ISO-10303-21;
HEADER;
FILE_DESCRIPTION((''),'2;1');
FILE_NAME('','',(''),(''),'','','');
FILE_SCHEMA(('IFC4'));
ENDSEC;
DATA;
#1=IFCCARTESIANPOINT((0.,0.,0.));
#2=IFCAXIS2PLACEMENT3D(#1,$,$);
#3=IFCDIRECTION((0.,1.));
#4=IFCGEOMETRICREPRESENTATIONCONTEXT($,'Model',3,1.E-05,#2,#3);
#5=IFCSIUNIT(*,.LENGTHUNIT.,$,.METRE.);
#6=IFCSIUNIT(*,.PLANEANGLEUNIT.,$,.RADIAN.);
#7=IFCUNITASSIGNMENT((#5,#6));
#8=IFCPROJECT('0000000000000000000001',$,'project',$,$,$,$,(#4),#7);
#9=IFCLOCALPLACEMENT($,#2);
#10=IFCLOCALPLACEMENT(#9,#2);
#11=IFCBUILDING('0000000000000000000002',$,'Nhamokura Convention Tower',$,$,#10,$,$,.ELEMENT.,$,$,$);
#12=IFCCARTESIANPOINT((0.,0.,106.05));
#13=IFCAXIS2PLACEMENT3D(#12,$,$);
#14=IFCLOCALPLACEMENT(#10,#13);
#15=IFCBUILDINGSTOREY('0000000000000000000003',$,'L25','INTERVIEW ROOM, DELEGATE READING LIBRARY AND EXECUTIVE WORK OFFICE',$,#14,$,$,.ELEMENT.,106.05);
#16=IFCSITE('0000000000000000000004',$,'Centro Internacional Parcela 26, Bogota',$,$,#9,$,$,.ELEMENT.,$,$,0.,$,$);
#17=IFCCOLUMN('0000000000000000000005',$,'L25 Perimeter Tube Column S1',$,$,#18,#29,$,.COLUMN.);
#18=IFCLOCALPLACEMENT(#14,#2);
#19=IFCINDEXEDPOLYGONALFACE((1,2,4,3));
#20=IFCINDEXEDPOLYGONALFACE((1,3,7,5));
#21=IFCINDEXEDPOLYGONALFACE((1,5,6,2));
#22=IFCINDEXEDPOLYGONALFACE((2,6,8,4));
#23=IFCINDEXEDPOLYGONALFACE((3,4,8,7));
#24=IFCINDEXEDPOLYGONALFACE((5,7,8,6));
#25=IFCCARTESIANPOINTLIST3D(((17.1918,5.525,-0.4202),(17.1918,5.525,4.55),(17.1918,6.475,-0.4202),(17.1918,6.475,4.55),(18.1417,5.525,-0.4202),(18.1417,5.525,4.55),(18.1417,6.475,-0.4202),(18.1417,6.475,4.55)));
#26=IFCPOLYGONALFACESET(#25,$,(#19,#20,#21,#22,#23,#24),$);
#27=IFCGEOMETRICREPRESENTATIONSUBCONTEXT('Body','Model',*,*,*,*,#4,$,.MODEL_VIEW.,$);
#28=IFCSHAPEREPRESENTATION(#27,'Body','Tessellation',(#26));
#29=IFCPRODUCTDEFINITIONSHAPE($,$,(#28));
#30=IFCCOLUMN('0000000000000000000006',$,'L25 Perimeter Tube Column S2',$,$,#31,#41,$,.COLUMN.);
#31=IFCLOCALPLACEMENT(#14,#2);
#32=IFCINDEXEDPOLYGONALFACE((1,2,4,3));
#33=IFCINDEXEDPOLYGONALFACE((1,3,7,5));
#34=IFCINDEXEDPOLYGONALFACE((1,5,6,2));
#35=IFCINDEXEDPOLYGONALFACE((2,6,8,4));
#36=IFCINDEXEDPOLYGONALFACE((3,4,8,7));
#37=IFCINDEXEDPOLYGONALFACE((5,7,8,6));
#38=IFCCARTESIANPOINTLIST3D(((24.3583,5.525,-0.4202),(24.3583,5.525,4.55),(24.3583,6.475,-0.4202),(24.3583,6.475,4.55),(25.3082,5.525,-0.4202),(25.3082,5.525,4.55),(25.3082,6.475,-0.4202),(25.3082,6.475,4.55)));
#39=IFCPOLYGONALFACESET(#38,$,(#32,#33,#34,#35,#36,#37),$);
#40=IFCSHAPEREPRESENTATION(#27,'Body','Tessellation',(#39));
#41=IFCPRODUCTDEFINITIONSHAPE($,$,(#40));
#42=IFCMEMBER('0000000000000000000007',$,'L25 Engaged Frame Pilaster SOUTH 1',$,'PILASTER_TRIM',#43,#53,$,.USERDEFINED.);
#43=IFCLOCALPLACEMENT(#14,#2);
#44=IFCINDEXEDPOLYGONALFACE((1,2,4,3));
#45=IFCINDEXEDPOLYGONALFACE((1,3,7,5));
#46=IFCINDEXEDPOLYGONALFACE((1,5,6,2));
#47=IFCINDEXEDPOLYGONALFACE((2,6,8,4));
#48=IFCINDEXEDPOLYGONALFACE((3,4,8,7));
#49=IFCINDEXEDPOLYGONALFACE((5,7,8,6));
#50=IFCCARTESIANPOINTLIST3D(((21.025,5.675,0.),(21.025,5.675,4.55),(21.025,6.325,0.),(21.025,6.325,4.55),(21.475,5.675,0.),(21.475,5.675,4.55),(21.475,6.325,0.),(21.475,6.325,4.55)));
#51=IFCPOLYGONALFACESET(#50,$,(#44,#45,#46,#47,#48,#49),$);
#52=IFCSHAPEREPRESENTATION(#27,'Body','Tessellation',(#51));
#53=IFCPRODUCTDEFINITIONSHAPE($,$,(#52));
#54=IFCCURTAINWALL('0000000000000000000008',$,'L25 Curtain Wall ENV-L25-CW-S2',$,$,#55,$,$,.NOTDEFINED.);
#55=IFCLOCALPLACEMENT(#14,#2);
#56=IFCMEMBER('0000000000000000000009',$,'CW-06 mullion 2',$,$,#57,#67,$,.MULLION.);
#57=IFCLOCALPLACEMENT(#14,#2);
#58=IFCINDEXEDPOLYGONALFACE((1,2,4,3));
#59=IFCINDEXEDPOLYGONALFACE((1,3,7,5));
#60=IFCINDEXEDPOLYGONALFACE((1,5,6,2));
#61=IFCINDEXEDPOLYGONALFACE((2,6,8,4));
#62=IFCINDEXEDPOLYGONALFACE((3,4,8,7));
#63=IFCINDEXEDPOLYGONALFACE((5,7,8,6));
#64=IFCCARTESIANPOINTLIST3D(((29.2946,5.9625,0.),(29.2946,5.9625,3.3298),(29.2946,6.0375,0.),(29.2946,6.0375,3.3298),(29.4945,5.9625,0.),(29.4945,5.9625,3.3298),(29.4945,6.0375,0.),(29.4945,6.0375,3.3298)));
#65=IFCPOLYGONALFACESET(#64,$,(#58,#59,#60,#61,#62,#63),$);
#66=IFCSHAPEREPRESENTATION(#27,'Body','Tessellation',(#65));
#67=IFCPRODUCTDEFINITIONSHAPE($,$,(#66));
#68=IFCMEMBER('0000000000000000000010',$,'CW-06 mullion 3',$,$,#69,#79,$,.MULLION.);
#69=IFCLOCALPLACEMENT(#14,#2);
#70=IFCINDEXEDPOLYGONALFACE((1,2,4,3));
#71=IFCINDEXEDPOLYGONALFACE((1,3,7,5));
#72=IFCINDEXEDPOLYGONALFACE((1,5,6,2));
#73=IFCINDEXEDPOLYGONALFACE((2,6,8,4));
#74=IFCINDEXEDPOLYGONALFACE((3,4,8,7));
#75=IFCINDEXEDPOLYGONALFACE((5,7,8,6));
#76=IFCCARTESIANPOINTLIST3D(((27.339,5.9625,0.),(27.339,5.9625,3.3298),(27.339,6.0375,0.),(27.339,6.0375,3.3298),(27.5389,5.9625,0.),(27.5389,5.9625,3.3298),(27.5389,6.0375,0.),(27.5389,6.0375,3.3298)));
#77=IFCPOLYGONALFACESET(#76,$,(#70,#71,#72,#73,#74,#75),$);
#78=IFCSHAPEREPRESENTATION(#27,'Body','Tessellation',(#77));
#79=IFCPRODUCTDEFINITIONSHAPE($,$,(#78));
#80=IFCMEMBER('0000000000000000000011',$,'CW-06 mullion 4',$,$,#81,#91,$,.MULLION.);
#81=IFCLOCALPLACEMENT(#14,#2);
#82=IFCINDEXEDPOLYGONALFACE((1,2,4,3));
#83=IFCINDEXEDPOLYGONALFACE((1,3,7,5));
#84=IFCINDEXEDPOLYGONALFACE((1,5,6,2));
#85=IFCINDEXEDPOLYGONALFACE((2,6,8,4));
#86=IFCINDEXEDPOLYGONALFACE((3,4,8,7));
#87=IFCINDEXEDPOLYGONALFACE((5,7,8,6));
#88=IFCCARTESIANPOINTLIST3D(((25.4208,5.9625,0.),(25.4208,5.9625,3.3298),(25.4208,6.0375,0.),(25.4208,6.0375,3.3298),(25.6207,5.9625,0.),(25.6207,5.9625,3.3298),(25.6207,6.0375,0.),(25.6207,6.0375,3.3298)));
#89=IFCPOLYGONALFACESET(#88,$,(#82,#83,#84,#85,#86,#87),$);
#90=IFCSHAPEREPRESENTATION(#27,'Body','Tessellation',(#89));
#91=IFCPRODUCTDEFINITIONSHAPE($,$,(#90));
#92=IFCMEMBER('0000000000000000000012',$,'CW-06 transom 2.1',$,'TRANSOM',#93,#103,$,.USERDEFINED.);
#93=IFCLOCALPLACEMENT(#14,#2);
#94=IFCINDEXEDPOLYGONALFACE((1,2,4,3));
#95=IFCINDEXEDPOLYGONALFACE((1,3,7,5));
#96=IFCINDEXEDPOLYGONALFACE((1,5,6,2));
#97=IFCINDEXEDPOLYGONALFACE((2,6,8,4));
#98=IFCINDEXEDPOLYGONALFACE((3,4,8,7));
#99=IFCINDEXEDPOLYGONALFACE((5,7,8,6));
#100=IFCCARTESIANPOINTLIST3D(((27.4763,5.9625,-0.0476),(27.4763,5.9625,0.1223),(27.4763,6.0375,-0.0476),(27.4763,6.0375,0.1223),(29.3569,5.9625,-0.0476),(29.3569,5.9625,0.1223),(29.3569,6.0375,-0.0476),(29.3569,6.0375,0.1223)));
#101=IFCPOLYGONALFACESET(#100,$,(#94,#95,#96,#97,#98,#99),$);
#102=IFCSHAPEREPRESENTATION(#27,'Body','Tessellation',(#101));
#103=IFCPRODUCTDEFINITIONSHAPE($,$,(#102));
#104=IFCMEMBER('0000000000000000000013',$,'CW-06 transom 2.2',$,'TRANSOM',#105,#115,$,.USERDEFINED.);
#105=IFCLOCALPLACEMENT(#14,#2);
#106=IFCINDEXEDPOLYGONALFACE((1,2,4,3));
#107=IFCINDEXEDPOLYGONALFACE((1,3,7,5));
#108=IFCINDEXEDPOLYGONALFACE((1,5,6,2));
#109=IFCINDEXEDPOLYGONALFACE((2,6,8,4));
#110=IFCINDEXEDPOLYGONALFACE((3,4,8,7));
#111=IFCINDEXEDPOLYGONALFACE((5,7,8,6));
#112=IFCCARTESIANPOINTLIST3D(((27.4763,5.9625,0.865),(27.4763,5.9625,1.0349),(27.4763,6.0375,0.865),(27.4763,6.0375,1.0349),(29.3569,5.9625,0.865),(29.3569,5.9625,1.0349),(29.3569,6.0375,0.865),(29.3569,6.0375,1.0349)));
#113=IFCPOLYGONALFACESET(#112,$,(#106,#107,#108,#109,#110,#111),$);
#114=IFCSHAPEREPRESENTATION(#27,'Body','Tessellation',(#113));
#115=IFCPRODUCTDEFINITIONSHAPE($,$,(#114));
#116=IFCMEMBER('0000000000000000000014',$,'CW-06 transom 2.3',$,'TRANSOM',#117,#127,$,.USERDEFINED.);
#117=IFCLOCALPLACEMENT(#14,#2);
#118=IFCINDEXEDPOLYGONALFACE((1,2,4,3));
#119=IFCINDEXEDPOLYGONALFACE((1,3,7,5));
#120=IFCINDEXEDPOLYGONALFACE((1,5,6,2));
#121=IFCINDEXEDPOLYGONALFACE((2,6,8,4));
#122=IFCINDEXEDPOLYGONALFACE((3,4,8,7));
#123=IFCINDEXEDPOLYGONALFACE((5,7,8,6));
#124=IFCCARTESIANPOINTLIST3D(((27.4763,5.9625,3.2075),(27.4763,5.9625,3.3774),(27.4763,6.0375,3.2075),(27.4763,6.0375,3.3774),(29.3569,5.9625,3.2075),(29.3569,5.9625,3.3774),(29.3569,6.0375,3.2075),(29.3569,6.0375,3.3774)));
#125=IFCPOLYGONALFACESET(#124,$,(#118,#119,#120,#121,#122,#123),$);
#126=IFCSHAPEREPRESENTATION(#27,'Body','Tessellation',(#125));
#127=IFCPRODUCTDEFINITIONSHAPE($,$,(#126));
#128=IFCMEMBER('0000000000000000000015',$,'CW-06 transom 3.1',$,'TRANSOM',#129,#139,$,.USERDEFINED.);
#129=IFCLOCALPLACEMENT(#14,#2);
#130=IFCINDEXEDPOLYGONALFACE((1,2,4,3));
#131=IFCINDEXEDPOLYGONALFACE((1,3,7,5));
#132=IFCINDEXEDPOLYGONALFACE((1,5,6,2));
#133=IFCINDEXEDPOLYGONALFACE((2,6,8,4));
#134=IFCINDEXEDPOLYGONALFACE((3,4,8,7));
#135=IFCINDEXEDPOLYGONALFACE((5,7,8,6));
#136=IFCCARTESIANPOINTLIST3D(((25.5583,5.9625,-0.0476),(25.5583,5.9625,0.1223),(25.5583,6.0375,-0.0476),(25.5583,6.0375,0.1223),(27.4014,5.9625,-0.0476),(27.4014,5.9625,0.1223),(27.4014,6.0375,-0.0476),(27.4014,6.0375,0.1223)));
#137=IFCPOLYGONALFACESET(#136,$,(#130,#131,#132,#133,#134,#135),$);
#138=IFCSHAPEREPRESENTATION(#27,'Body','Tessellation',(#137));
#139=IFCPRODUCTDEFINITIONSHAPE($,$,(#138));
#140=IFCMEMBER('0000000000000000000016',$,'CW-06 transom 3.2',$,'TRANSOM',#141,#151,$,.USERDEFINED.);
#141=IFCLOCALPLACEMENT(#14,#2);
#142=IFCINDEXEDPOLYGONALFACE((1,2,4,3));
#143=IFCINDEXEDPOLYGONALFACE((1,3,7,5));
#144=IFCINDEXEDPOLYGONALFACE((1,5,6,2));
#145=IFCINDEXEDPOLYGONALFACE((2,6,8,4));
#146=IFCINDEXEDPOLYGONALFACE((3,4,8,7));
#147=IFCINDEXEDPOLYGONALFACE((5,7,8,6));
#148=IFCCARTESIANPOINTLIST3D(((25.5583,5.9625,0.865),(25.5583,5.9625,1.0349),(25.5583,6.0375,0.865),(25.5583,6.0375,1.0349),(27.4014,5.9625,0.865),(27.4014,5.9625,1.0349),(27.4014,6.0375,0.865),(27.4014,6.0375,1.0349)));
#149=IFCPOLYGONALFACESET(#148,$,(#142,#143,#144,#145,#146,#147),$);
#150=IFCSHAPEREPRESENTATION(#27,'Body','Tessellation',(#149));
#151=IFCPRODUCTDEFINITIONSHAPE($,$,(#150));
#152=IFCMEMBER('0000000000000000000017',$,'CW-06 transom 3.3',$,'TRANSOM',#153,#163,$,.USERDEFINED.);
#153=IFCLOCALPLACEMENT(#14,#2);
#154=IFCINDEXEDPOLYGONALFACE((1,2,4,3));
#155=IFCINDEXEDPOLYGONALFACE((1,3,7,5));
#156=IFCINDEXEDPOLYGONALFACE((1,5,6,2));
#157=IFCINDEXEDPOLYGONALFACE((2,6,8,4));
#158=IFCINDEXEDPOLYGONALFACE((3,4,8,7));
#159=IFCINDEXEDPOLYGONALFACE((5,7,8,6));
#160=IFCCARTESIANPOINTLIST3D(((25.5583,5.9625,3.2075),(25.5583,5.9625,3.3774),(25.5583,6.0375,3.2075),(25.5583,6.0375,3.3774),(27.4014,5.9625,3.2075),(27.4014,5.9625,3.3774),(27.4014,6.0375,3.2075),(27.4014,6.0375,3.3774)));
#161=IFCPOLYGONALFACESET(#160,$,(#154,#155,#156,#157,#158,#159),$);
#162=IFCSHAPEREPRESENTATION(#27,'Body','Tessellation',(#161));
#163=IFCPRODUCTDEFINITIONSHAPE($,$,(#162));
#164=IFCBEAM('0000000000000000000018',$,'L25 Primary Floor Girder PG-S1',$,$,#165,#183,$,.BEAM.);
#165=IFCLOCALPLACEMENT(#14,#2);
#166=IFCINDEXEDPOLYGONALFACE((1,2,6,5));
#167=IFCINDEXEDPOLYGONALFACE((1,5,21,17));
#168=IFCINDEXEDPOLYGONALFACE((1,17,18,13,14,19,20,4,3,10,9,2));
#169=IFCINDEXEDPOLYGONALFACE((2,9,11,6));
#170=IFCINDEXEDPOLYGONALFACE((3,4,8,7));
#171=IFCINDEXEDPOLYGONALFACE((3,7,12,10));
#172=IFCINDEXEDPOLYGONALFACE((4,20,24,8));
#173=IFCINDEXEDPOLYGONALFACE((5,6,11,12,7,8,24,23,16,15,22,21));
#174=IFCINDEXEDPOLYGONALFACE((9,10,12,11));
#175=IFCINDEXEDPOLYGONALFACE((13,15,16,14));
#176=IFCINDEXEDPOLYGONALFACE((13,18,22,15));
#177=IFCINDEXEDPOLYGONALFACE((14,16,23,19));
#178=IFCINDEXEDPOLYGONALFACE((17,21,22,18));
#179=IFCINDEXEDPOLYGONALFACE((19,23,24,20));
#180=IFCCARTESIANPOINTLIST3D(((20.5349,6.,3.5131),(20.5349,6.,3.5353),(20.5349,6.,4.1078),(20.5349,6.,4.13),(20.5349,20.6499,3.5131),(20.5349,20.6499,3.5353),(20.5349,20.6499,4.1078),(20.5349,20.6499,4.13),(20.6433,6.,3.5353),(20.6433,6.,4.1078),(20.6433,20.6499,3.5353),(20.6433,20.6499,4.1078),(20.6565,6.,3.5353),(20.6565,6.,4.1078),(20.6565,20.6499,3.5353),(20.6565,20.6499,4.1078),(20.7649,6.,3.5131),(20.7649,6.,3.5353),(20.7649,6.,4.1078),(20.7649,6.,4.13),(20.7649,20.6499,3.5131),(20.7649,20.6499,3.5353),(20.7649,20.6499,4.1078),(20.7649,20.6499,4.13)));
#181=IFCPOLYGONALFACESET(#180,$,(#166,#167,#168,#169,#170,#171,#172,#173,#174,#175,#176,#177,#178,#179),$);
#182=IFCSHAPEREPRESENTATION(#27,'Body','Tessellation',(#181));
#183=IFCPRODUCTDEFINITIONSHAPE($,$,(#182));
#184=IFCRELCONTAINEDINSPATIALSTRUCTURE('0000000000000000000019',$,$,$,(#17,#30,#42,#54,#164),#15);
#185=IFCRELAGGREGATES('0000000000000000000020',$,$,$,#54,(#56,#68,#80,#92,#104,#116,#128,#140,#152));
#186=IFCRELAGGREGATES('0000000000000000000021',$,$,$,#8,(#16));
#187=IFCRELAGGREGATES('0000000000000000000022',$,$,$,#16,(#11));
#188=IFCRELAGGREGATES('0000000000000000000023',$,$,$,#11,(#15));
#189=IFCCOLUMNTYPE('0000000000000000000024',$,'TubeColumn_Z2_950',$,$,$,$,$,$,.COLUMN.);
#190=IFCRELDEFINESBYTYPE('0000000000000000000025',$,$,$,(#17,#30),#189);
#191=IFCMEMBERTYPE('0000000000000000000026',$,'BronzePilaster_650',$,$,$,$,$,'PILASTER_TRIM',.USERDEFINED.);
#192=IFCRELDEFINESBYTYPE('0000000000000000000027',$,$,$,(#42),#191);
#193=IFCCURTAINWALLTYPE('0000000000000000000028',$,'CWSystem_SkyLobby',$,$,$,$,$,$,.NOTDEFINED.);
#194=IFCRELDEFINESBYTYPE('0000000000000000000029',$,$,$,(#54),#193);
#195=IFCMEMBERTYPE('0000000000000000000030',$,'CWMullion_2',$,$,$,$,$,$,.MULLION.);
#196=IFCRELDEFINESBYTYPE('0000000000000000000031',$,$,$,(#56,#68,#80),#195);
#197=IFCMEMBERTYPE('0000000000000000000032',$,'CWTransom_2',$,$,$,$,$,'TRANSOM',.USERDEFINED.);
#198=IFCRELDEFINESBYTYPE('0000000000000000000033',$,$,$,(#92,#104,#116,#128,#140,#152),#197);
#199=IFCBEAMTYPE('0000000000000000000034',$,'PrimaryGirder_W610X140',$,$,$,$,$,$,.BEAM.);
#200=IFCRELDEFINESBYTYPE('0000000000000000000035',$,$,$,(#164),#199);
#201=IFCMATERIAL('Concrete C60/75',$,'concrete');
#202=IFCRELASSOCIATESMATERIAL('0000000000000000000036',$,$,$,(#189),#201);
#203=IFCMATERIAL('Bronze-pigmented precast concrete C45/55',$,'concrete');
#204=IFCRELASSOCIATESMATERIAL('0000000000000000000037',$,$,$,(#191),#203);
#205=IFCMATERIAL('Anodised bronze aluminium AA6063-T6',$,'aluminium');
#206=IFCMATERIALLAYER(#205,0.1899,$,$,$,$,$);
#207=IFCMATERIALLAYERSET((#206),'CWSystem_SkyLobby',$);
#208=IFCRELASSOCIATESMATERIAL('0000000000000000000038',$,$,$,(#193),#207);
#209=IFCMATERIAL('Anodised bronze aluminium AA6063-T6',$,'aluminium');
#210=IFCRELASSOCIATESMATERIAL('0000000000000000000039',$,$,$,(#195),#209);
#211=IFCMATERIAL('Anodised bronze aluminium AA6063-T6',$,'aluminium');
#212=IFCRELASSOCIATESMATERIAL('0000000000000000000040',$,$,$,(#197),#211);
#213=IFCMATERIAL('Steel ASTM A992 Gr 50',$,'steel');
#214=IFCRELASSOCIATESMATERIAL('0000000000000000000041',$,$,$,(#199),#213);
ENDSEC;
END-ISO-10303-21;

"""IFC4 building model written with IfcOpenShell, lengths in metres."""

from ifc_helpers import new_model, si_unit, direction, frame, origin, origin_2d, place, context, subcontext, project, spatial, rectangle, i_section, extrude, material, layer, layer_set, material_profile, profile_set, type_object, element, aggregate, save


model = new_model("IFC4")

# Units and contexts
model_context = context("Model", 3, precision=1e-05, world=origin(), true_north=direction((0.0, 1.0)))
body_context = subcontext(model_context, "Body", "Model", "MODEL_VIEW")
ifc_project = project(units=[si_unit("LENGTHUNIT", "METRE"), si_unit("PLANEANGLEUNIT", "RADIAN")], contexts=[model_context])

# Site, building, storey
site_placement = place(None, origin())
site = spatial("IfcSite", under=ifc_project, at=site_placement, Name="Centro Internacional Parcela 26, Bogota", CompositionType="ELEMENT", RefElevation=0.0)
building_placement = place(site_placement, origin())
building = spatial("IfcBuilding", under=site, at=building_placement, Name="Nhamokura Convention Tower", CompositionType="ELEMENT")
storey_placement = place(building_placement, frame((0.0, 0.0, 106.05)))
storey = spatial("IfcBuildingStorey", under=building, at=storey_placement, Name="L25", Description="INTERVIEW ROOM, DELEGATE READING LIBRARY AND EXECUTIVE WORK OFFICE", CompositionType="ELEMENT", Elevation=106.05)

# Columns
ifc_material_1 = material(Name="Concrete C60/75", Category="concrete")
ifc_material_profile_1 = material_profile(ifc_material_1, rectangle(XDim=0.95, YDim=0.95, at=origin_2d()))
ifc_profile_set_1 = profile_set([ifc_material_profile_1], Name="Concrete C60/75")
column_type = type_object("IfcColumnType", Name="TubeColumn_Z2_950", PredefinedType="COLUMN", material=ifc_profile_set_1)
for number, where, z_axis, x_axis, name in (
    (1, (17.6667, 6.0, -0.4202), (0.0, 0.0, 1.0), (1.0, 0.0, 0.0), "L25 Perimeter Tube Column S1"),
    (2, (24.8333, 6.0, -0.4202), (0.0, 0.0, 1.0), (1.0, 0.0, 0.0), "L25 Perimeter Tube Column S2"),
):
    element("IfcColumn", number, at=place(storey_placement, frame(where, z_axis=z_axis, x_axis=x_axis)), inside=storey, type_object=column_type, Name=name, PredefinedType="COLUMN", context=body_context, shape_type="SweptSolid", body=[
        extrude(rectangle(XDim=0.95, YDim=0.95, at=origin_2d()), origin(), (0.0, 0.0, 1.0), 4.9702),
    ])

# Member
ifc_material_2 = material(Name="Bronze-pigmented precast concrete C45/55", Category="concrete")
ifc_material_profile_2 = material_profile(ifc_material_2, rectangle(XDim=0.45, YDim=0.6499, at=origin_2d()))
ifc_profile_set_2 = profile_set([ifc_material_profile_2], Name="Bronze-pigmented precast concrete C45/55")
member_type_1 = type_object("IfcMemberType", Name="BronzePilaster_650", ElementType="PILASTER_TRIM", PredefinedType="USERDEFINED", material=ifc_profile_set_2)
member_1_placement = place(storey_placement, frame((21.25, 6.0, 0.0), z_axis=(0.0, 0.0, 1.0), x_axis=(1.0, 0.0, 0.0)))
element("IfcMember", 3, at=member_1_placement, inside=storey, type_object=member_type_1, Name="L25 Engaged Frame Pilaster SOUTH 1", ObjectType="PILASTER_TRIM", PredefinedType="USERDEFINED", context=body_context, shape_type="SweptSolid", body=[
    extrude(rectangle(XDim=0.45, YDim=0.6499, at=origin_2d()), origin(), (0.0, 0.0, 1.0), 4.55),
])

# Curtain wall, members
ifc_material_3 = material(Name="Anodised bronze aluminium AA6063-T6", Category="aluminium")
ifc_layer_1 = layer(ifc_material_3, 0.1899)
ifc_layer_set_1 = layer_set([ifc_layer_1], Name="CWSystem_SkyLobby")
curtain_wall_type = type_object("IfcCurtainWallType", Name="CWSystem_SkyLobby", PredefinedType="NOTDEFINED", material=ifc_layer_set_1)
curtain_wall_placement = place(storey_placement, origin())
curtain_wall = element("IfcCurtainWall", 4, at=curtain_wall_placement, inside=storey, type_object=curtain_wall_type, Name="L25 Curtain Wall ENV-L25-CW-S2", PredefinedType="NOTDEFINED")
ifc_material_4 = material(Name="Anodised bronze aluminium AA6063-T6", Category="aluminium")
ifc_material_profile_3 = material_profile(ifc_material_4, rectangle(XDim=0.075, YDim=0.2, at=origin_2d()))
ifc_profile_set_3 = profile_set([ifc_material_profile_3], Name="Anodised bronze aluminium AA6063-T6")
member_type_2 = type_object("IfcMemberType", Name="CWMullion_2", PredefinedType="MULLION", material=ifc_profile_set_3)
member_2_placement = place(storey_placement, frame((29.3945, 6.0, 0.0), z_axis=(0.0, 0.0, 1.0), x_axis=(0.0, -1.0, 0.0)))
member_2 = element("IfcMember", 5, at=member_2_placement, type_object=member_type_2, Name="CW-06 mullion 2", PredefinedType="MULLION", context=body_context, shape_type="SweptSolid", body=[
    extrude(rectangle(XDim=0.075, YDim=0.2, at=origin_2d()), origin(), (0.0, 0.0, 1.0), 3.3298),
])
member_3_placement = place(storey_placement, frame((27.439, 6.0, 0.0), z_axis=(0.0, 0.0, 1.0), x_axis=(0.0, -1.0, 0.0)))
member_3 = element("IfcMember", 6, at=member_3_placement, type_object=member_type_2, Name="CW-06 mullion 3", PredefinedType="MULLION", context=body_context, shape_type="SweptSolid", body=[
    extrude(rectangle(XDim=0.075, YDim=0.2, at=origin_2d()), origin(), (0.0, 0.0, 1.0), 3.3298),
])
member_4_placement = place(storey_placement, frame((25.5208, 6.0, 0.0), z_axis=(0.0, 0.0, 1.0), x_axis=(0.0, -1.0, 0.0)))
member_4 = element("IfcMember", 7, at=member_4_placement, type_object=member_type_2, Name="CW-06 mullion 4", PredefinedType="MULLION", context=body_context, shape_type="SweptSolid", body=[
    extrude(rectangle(XDim=0.075, YDim=0.2, at=origin_2d()), origin(), (0.0, 0.0, 1.0), 3.3298),
])
ifc_material_5 = material(Name="Anodised bronze aluminium AA6063-T6", Category="aluminium")
ifc_material_profile_4 = material_profile(ifc_material_5, rectangle(XDim=0.075, YDim=0.1699, at=origin_2d()))
ifc_profile_set_4 = profile_set([ifc_material_profile_4], Name="Anodised bronze aluminium AA6063-T6")
member_type_3 = type_object("IfcMemberType", Name="CWTransom_2", ElementType="TRANSOM", PredefinedType="USERDEFINED", material=ifc_profile_set_4)
member_5_placement = place(storey_placement, frame((29.3569, 6.0, 0.0374), z_axis=(-1.0, 0.0, 0.0), x_axis=(0.0, -1.0, 0.0)))
member_5 = element("IfcMember", 8, at=member_5_placement, type_object=member_type_3, Name="CW-06 transom 2.1", ObjectType="TRANSOM", PredefinedType="USERDEFINED", context=body_context, shape_type="SweptSolid", body=[
    extrude(rectangle(XDim=0.075, YDim=0.1699, at=origin_2d()), origin(), (0.0, 0.0, 1.0), 1.8806),
])
member_6_placement = place(storey_placement, frame((29.3569, 6.0, 0.95), z_axis=(-1.0, 0.0, 0.0), x_axis=(0.0, -1.0, 0.0)))
member_6 = element("IfcMember", 9, at=member_6_placement, type_object=member_type_3, Name="CW-06 transom 2.2", ObjectType="TRANSOM", PredefinedType="USERDEFINED", context=body_context, shape_type="SweptSolid", body=[
    extrude(rectangle(XDim=0.075, YDim=0.1699, at=origin_2d()), origin(), (0.0, 0.0, 1.0), 1.8806),
])
member_7_placement = place(storey_placement, frame((29.3569, 6.0, 3.2925), z_axis=(-1.0, 0.0, 0.0), x_axis=(0.0, -1.0, 0.0)))
member_7 = element("IfcMember", 10, at=member_7_placement, type_object=member_type_3, Name="CW-06 transom 2.3", ObjectType="TRANSOM", PredefinedType="USERDEFINED", context=body_context, shape_type="SweptSolid", body=[
    extrude(rectangle(XDim=0.075, YDim=0.1699, at=origin_2d()), origin(), (0.0, 0.0, 1.0), 1.8806),
])
member_8_placement = place(storey_placement, frame((27.4014, 6.0, 0.0374), z_axis=(-1.0, 0.0, 0.0), x_axis=(0.0, -1.0, 0.0)))
member_8 = element("IfcMember", 11, at=member_8_placement, type_object=member_type_3, Name="CW-06 transom 3.1", ObjectType="TRANSOM", PredefinedType="USERDEFINED", context=body_context, shape_type="SweptSolid", body=[
    extrude(rectangle(XDim=0.075, YDim=0.1699, at=origin_2d()), origin(), (0.0, 0.0, 1.0), 1.843),
])
member_9_placement = place(storey_placement, frame((27.4014, 6.0, 0.95), z_axis=(-1.0, 0.0, 0.0), x_axis=(0.0, -1.0, 0.0)))
member_9 = element("IfcMember", 12, at=member_9_placement, type_object=member_type_3, Name="CW-06 transom 3.2", ObjectType="TRANSOM", PredefinedType="USERDEFINED", context=body_context, shape_type="SweptSolid", body=[
    extrude(rectangle(XDim=0.075, YDim=0.1699, at=origin_2d()), origin(), (0.0, 0.0, 1.0), 1.843),
])
member_10_placement = place(storey_placement, frame((27.4014, 6.0, 3.2925), z_axis=(-1.0, 0.0, 0.0), x_axis=(0.0, -1.0, 0.0)))
member_10 = element("IfcMember", 13, at=member_10_placement, type_object=member_type_3, Name="CW-06 transom 3.3", ObjectType="TRANSOM", PredefinedType="USERDEFINED", context=body_context, shape_type="SweptSolid", body=[
    extrude(rectangle(XDim=0.075, YDim=0.1699, at=origin_2d()), origin(), (0.0, 0.0, 1.0), 1.843),
])

# Beam
ifc_material_6 = material(Name="Steel ASTM A992 Gr 50", Category="steel")
ifc_material_profile_5 = material_profile(ifc_material_6, i_section(OverallWidth=0.23, OverallDepth=0.6169, WebThickness=0.0132, FlangeThickness=0.0222, at=origin_2d()))
ifc_profile_set_5 = profile_set([ifc_material_profile_5], Name="Steel ASTM A992 Gr 50")
beam_type_1 = type_object("IfcBeamType", Name="PrimaryGirder_W610X140", PredefinedType="BEAM", material=ifc_profile_set_5)
beam_1_placement = place(storey_placement, frame((20.6499, 6.0, 3.8215), z_axis=(0.0, 1.0, 0.0), x_axis=(-1.0, 0.0, 0.0)))
element("IfcBeam", 14, at=beam_1_placement, inside=storey, type_object=beam_type_1, Name="L25 Primary Floor Girder PG-S1", PredefinedType="BEAM", context=body_context, shape_type="SweptSolid", body=[
    extrude(i_section(OverallWidth=0.23, OverallDepth=0.6169, WebThickness=0.0132, FlangeThickness=0.0222, at=origin_2d()), origin(), (0.0, 0.0, 1.0), 14.6499),
])

aggregate(curtain_wall, [member_2, member_3, member_4, member_5, member_6, member_7, member_8, member_9, member_10])

save(model, "model.ifc")
